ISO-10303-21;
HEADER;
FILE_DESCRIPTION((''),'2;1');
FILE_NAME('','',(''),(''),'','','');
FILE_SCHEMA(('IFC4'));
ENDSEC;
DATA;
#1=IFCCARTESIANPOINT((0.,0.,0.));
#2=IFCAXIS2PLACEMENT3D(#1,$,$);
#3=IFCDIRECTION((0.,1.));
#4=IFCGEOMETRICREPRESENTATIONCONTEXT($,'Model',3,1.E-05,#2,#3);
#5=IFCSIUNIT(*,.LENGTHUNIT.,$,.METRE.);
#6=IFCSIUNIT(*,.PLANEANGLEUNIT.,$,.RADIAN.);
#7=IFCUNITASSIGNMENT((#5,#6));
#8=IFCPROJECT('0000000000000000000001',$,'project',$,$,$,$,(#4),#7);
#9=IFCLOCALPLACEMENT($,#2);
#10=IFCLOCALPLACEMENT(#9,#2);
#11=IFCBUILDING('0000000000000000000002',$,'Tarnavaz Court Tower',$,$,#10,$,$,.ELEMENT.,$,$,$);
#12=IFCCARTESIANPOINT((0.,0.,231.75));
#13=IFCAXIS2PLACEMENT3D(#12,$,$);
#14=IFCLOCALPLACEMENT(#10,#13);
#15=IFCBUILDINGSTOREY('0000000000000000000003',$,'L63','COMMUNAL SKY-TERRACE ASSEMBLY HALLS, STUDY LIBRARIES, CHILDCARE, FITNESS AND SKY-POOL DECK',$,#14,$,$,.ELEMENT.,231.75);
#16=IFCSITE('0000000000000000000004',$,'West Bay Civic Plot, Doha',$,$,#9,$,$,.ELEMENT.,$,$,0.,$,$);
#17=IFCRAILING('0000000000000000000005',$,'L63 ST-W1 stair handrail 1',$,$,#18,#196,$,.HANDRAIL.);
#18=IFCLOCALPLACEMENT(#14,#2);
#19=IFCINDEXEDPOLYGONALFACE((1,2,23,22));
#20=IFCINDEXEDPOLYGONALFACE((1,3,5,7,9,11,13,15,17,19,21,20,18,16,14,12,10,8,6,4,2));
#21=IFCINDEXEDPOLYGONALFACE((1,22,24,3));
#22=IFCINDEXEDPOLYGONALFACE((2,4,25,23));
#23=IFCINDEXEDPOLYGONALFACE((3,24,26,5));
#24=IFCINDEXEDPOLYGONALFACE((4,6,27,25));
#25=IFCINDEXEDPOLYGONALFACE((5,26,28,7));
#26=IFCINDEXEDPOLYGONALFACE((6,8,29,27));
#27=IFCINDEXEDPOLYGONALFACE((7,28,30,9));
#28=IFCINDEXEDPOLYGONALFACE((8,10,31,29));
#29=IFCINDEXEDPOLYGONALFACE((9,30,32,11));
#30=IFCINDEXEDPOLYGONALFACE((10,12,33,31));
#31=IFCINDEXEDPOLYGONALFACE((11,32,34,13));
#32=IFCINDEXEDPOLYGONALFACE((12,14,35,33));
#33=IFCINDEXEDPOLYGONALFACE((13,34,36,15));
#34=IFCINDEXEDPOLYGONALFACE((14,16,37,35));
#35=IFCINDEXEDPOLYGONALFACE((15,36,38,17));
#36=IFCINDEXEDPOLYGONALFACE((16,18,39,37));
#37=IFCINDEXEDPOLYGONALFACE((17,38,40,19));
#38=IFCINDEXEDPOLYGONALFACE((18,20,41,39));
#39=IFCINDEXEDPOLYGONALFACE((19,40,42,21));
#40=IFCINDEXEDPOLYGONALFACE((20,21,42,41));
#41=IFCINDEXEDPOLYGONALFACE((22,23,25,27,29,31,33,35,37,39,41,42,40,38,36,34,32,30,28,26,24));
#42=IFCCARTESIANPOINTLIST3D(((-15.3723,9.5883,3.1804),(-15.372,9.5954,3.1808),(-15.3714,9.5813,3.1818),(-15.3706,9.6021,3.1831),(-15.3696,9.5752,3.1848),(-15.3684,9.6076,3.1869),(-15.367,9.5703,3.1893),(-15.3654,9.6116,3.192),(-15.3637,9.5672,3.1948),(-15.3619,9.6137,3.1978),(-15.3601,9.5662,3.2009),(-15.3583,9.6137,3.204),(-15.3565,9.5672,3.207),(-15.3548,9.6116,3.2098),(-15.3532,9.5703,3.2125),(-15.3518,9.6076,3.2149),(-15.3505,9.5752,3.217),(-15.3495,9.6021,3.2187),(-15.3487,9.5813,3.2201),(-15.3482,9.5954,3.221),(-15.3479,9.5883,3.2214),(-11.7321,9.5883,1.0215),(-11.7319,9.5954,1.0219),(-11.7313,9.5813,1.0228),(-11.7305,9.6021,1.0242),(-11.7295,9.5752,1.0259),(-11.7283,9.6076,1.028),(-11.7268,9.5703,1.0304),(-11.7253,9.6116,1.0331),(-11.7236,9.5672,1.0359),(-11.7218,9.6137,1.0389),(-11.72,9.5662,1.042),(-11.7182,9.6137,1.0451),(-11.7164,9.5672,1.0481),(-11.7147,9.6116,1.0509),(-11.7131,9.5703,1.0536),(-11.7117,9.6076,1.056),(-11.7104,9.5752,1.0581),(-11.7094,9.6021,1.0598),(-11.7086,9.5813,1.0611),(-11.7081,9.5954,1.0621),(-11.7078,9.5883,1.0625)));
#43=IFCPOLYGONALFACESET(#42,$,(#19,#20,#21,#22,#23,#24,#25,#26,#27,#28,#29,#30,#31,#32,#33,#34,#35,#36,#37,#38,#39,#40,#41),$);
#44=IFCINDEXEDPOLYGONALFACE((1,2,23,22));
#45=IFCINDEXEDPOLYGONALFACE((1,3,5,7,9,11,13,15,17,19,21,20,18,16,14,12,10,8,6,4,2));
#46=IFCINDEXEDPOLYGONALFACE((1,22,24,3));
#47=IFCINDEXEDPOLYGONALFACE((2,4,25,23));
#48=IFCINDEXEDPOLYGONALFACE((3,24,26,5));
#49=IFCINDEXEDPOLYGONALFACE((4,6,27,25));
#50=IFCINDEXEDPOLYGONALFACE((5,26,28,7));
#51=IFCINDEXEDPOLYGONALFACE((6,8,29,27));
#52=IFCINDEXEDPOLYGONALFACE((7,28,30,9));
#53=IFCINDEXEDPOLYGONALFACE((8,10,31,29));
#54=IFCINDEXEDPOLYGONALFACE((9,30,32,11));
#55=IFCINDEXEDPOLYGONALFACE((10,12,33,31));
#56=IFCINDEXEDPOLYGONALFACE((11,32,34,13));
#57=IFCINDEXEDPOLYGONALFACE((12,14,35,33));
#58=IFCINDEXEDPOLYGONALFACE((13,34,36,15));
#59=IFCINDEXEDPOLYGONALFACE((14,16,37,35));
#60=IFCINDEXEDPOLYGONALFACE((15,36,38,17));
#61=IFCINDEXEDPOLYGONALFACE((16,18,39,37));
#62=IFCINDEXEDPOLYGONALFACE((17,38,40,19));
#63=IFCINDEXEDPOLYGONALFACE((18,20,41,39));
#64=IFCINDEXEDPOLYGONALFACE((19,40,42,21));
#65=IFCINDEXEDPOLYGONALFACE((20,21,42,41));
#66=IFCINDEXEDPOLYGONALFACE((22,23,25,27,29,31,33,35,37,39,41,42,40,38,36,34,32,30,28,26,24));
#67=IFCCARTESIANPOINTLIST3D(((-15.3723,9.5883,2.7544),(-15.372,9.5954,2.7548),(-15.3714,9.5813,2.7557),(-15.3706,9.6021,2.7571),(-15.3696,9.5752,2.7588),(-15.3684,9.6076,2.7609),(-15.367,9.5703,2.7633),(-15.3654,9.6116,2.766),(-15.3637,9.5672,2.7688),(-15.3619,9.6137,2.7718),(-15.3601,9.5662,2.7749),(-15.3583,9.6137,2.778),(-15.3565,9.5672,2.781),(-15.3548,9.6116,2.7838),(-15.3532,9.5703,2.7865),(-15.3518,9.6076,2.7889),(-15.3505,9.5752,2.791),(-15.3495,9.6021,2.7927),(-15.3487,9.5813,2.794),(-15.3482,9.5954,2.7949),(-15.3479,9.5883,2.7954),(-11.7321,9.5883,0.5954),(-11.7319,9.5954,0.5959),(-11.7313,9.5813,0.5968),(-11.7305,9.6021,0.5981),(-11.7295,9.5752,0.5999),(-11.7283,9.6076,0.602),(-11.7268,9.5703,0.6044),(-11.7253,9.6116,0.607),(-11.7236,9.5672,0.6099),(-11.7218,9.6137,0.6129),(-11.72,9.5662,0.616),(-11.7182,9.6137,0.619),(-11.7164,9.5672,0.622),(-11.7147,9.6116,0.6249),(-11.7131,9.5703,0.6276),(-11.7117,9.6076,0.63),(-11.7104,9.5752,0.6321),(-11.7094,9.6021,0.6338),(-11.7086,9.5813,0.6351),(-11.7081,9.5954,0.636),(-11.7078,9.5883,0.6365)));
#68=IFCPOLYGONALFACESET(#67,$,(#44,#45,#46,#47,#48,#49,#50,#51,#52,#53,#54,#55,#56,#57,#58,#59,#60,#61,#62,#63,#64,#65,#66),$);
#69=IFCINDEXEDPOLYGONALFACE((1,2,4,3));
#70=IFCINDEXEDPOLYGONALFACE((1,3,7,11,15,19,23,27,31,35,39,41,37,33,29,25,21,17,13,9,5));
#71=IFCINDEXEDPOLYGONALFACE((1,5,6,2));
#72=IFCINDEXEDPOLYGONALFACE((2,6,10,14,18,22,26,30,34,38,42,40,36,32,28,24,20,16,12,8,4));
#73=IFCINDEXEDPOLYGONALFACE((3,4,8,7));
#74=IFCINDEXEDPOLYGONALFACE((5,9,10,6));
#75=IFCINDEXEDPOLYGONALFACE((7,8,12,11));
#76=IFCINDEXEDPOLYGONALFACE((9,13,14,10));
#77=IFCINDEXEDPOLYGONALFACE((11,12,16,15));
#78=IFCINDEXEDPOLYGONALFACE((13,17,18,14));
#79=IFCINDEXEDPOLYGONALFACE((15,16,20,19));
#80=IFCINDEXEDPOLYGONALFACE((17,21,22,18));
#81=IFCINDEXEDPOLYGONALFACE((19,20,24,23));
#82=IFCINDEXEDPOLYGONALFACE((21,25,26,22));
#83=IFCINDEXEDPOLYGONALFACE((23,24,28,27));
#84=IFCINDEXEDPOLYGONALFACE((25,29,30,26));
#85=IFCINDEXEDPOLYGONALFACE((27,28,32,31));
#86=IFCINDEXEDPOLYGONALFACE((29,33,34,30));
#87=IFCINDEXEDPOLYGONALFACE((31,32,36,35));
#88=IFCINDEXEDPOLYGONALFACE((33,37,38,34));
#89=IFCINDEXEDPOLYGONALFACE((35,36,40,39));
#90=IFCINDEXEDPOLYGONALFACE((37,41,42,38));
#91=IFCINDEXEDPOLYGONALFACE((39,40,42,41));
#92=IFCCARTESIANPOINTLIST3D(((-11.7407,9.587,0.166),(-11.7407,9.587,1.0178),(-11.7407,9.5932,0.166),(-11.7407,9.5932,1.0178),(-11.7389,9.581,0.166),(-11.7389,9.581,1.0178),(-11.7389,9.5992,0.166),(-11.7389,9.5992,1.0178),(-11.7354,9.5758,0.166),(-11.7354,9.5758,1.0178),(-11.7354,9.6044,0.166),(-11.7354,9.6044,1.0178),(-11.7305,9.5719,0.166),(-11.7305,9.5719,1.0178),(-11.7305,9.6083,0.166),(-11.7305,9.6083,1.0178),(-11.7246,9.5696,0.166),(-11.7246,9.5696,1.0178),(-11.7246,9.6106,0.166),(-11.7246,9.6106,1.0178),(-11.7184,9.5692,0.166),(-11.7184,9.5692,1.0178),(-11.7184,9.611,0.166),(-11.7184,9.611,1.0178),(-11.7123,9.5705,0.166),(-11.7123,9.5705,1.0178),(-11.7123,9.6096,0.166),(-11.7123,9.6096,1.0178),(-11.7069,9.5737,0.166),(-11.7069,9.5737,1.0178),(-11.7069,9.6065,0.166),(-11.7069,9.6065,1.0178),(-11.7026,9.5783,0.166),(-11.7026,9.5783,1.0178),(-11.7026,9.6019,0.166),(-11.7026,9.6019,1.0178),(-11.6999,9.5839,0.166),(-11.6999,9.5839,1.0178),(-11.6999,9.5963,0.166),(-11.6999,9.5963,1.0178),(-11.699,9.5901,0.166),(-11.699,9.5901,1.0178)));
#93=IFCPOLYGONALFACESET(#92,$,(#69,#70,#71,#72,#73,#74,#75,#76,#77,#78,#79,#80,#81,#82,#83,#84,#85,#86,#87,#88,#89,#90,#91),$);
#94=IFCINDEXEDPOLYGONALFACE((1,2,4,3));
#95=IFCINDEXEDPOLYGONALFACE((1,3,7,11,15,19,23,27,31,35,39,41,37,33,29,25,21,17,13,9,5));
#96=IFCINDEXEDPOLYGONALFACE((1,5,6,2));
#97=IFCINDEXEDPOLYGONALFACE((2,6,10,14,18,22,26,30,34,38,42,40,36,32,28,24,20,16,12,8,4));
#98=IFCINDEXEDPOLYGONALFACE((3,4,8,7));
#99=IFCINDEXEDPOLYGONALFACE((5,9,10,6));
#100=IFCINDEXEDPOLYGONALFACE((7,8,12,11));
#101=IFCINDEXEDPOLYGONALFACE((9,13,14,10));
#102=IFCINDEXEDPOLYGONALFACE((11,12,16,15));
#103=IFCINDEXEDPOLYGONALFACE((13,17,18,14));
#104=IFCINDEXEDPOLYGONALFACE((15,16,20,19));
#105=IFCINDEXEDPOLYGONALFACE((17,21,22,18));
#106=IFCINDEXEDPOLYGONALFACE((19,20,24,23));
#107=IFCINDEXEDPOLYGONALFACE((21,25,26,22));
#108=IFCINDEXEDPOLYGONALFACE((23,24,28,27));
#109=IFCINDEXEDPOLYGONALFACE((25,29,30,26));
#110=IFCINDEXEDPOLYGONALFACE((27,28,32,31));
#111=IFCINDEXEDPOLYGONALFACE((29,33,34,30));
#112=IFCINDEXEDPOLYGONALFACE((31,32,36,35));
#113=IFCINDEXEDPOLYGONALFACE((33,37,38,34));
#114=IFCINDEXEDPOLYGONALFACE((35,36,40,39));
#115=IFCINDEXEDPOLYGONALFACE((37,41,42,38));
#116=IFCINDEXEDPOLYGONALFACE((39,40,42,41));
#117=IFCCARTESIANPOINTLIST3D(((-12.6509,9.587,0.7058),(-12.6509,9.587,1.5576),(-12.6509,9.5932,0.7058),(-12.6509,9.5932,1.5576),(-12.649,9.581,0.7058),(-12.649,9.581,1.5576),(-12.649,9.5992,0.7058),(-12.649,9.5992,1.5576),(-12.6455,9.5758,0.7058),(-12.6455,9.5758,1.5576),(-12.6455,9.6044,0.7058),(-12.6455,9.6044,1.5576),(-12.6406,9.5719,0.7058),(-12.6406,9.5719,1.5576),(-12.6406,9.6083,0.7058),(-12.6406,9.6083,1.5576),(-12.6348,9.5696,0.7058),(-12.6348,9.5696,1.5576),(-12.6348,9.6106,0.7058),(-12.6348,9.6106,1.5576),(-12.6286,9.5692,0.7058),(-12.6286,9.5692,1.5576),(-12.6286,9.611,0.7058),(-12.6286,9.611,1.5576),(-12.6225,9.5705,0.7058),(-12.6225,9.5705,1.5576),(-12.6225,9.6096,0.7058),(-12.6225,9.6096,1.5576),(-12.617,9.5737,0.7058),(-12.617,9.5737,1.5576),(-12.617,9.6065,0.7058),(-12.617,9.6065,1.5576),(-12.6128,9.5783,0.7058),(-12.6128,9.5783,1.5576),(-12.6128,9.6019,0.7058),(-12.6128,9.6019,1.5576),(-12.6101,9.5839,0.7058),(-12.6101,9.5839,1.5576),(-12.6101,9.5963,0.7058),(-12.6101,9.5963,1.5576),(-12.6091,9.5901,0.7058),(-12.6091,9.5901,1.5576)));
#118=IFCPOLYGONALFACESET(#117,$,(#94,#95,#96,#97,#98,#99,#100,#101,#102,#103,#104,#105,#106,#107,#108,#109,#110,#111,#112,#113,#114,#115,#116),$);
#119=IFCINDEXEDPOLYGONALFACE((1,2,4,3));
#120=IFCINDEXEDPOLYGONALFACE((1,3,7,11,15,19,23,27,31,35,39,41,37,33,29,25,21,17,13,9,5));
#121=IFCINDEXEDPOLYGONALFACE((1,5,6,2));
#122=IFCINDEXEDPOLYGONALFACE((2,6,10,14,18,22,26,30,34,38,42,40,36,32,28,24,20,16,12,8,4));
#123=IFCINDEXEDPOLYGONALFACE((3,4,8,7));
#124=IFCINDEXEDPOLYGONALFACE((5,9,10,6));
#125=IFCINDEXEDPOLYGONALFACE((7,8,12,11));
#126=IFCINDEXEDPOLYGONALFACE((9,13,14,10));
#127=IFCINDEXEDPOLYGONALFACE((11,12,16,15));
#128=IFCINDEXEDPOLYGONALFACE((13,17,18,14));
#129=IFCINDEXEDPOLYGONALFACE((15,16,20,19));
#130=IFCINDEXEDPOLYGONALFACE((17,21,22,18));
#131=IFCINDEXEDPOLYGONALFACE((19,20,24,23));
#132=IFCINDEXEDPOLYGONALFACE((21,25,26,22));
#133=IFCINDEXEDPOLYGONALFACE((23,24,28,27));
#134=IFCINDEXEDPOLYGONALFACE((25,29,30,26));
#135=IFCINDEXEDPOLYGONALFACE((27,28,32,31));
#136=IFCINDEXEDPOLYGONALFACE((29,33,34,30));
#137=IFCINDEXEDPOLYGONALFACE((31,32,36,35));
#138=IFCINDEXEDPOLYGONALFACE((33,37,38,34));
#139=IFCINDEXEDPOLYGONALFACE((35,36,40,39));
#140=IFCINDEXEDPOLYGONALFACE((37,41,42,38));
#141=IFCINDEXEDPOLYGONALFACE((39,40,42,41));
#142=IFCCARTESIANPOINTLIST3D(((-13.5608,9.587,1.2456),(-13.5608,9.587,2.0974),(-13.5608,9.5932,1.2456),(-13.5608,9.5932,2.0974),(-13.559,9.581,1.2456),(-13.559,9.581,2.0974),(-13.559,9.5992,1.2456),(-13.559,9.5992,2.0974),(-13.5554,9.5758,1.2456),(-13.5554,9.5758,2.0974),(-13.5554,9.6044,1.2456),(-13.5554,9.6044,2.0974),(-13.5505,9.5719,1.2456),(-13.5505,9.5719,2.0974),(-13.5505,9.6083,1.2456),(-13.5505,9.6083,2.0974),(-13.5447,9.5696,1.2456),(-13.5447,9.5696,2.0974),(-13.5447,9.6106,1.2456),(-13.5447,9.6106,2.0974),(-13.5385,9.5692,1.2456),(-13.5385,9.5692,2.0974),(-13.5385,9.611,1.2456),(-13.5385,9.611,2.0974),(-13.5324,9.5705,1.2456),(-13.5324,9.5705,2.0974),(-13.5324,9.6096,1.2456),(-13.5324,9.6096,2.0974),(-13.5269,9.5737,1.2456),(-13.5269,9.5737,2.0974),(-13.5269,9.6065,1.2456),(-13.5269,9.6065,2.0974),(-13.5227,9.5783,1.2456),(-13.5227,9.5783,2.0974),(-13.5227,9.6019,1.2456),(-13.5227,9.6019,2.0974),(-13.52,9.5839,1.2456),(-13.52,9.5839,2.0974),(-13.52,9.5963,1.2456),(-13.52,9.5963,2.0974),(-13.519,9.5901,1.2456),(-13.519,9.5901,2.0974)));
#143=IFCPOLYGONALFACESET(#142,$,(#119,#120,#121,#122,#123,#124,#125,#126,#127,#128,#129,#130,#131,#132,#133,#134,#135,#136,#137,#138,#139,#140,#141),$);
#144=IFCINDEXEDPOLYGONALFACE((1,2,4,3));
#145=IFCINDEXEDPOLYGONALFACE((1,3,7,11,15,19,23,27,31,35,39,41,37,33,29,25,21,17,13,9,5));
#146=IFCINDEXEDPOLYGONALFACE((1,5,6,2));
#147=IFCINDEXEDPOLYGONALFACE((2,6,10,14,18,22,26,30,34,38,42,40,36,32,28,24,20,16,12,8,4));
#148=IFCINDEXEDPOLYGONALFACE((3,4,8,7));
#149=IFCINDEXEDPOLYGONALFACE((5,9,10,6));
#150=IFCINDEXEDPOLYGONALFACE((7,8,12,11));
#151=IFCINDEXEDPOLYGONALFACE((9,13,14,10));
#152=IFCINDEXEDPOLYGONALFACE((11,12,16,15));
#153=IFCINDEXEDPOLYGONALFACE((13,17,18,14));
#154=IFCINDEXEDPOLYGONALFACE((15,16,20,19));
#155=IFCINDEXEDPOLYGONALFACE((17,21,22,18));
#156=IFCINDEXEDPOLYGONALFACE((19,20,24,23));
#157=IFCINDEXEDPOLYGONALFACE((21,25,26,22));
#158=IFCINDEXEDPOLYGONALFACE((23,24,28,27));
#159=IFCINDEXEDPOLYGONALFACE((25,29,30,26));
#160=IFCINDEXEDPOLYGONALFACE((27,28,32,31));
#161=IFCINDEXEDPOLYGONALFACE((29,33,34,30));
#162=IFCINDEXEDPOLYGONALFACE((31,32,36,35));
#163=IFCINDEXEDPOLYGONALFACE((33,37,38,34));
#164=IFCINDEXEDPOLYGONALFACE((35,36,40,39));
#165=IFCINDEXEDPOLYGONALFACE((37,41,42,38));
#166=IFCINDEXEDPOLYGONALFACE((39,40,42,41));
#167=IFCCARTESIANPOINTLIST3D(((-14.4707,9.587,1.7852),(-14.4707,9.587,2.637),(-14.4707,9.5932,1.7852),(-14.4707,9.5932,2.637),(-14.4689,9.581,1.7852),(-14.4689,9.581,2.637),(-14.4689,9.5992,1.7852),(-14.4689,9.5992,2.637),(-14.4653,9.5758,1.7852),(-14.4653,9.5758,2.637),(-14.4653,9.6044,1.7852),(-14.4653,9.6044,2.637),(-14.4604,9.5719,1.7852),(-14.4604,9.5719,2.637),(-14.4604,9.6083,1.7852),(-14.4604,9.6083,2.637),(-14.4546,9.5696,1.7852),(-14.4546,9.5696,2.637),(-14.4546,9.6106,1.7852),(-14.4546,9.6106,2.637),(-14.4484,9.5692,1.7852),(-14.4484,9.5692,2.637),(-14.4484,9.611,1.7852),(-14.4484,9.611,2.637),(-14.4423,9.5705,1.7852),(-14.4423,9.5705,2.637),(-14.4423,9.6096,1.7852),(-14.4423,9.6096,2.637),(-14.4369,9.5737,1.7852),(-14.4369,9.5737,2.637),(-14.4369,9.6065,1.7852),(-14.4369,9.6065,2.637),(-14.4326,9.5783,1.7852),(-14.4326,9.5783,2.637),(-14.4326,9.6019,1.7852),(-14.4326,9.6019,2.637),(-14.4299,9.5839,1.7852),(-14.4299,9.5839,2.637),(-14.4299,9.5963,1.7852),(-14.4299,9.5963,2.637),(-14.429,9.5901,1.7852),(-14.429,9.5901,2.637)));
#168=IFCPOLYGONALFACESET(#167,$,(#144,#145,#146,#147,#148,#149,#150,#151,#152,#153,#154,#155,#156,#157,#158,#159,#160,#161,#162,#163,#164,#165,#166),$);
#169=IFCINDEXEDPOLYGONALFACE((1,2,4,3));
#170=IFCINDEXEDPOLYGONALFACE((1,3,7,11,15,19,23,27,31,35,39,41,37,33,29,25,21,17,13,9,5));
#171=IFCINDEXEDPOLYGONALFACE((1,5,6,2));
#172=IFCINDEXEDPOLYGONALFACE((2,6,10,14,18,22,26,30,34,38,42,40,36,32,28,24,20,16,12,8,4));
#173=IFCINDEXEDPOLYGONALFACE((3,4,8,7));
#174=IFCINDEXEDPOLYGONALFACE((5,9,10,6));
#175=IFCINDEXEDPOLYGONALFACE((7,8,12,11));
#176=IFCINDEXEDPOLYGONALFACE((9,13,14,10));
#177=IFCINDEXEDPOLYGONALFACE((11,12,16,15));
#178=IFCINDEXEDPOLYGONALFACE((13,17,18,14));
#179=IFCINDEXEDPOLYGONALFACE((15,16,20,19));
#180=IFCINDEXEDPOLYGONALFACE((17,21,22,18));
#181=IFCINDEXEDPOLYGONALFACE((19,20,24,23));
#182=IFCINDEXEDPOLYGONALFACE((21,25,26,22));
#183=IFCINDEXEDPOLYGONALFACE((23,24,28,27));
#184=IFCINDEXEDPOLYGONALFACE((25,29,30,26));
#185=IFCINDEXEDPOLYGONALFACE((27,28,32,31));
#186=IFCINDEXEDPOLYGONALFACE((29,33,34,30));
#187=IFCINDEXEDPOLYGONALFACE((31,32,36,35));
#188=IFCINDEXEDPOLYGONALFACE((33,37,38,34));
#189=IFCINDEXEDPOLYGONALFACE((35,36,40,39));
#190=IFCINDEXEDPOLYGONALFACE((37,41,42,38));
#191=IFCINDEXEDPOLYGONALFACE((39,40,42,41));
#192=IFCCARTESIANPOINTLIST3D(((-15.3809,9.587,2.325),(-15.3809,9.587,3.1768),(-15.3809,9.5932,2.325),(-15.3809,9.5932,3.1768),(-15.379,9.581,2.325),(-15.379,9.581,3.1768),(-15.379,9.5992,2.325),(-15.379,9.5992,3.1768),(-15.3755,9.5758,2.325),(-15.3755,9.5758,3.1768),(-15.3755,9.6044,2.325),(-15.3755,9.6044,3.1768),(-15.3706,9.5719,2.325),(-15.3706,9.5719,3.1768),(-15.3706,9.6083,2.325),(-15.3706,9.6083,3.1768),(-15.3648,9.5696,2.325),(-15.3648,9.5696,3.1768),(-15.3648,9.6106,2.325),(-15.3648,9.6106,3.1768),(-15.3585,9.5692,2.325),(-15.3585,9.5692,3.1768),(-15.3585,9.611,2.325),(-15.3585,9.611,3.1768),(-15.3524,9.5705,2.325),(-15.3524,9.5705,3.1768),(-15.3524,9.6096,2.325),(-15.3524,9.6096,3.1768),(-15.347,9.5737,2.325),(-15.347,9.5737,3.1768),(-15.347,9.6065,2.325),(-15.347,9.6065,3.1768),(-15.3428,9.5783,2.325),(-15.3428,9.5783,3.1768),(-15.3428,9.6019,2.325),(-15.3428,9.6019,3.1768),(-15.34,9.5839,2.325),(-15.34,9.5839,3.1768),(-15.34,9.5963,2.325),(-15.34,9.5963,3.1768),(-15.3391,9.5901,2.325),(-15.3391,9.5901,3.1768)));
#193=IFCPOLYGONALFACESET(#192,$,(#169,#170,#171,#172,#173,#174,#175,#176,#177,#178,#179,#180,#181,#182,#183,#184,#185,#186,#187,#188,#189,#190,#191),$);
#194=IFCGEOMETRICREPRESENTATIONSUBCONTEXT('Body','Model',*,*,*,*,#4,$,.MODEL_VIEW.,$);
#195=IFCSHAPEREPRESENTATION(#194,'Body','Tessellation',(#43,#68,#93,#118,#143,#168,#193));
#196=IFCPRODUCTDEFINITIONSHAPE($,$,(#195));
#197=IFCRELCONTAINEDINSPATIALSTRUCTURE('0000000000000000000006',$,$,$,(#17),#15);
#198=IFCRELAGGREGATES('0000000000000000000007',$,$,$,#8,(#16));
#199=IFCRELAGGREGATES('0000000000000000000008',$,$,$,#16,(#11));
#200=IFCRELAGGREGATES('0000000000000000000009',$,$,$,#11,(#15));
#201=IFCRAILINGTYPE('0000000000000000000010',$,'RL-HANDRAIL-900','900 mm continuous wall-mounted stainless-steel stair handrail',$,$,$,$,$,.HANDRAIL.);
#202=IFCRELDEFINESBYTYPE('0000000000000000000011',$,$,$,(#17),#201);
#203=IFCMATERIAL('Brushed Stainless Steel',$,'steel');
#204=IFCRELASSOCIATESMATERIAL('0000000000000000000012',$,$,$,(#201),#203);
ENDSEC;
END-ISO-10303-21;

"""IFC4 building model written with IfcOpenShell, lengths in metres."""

from ifc_helpers import new_model, si_unit, direction, frame, origin, origin_2d, place, context, subcontext, project, spatial, circle, extrude, material, type_object, element, save


model = new_model("IFC4")

# Units and contexts
model_context = context("Model", 3, precision=1e-05, world=origin(), true_north=direction((0.0, 1.0)))
body_context = subcontext(model_context, "Body", "Model", "MODEL_VIEW")
ifc_project = project(units=[si_unit("LENGTHUNIT", "METRE"), si_unit("PLANEANGLEUNIT", "RADIAN")], contexts=[model_context])

# Site, building, storey
site_placement = place(None, origin())
site = spatial("IfcSite", under=ifc_project, at=site_placement, Name="West Bay Civic Plot, Doha", CompositionType="ELEMENT", RefElevation=0.0)
building_placement = place(site_placement, origin())
building = spatial("IfcBuilding", under=site, at=building_placement, Name="Tarnavaz Court Tower", CompositionType="ELEMENT")
storey_placement = place(building_placement, frame((0.0, 0.0, 231.75)))
storey = spatial("IfcBuildingStorey", under=building, at=storey_placement, Name="L63", Description="COMMUNAL SKY-TERRACE ASSEMBLY HALLS, STUDY LIBRARIES, CHILDCARE, FITNESS AND SKY-POOL DECK", CompositionType="ELEMENT", Elevation=231.75)

# Railing
ifc_material_1 = material(Name="Brushed Stainless Steel", Category="steel")
railing_type_1 = type_object("IfcRailingType", Name="RL-HANDRAIL-900", Description="900 mm continuous wall-mounted stainless-steel stair handrail", PredefinedType="HANDRAIL", material=ifc_material_1)
railing_1_placement = place(storey_placement, frame((-11.72, 9.5901, 0.166)))
element("IfcRailing", 1, at=railing_1_placement, inside=storey, type_object=railing_type_1, Name="L63 ST-W1 stair handrail 1", PredefinedType="HANDRAIL", context=body_context, shape_type="SweptSolid", body=[
    extrude(circle(Radius=0.0239, at=origin_2d()), frame((0.0, 0.0, 0.876), z_axis=(-0.860103, 0.0, 0.51012), x_axis=(0.0, -1.0, 0.0)), (0.0, 0.0, 1.0), 4.2322),
    extrude(circle(Radius=0.0239, at=origin_2d()), frame((0.0, 0.0, 0.45), z_axis=(-0.860103, 0.0, 0.51012), x_axis=(0.0, -1.0, 0.0)), (0.0, 0.0, 1.0), 4.2322),
    extrude(circle(Radius=0.021, at=origin_2d()), origin(), (0.0, 0.0, 1.0), 0.8518),
    extrude(circle(Radius=0.021, at=origin_2d()), frame((-0.9102, 0.0, 0.5398)), (0.0, 0.0, 1.0), 0.8518),
    extrude(circle(Radius=0.021, at=origin_2d()), frame((-1.8201, 0.0, 1.0796)), (0.0, 0.0, 1.0), 0.8518),
    extrude(circle(Radius=0.021, at=origin_2d()), frame((-2.73, 0.0, 1.6191)), (0.0, 0.0, 1.0), 0.8518),
    extrude(circle(Radius=0.021, at=origin_2d()), frame((-3.6401, 0.0, 2.1589)), (0.0, 0.0, 1.0), 0.8518),
])

save(model, "model.ifc")
